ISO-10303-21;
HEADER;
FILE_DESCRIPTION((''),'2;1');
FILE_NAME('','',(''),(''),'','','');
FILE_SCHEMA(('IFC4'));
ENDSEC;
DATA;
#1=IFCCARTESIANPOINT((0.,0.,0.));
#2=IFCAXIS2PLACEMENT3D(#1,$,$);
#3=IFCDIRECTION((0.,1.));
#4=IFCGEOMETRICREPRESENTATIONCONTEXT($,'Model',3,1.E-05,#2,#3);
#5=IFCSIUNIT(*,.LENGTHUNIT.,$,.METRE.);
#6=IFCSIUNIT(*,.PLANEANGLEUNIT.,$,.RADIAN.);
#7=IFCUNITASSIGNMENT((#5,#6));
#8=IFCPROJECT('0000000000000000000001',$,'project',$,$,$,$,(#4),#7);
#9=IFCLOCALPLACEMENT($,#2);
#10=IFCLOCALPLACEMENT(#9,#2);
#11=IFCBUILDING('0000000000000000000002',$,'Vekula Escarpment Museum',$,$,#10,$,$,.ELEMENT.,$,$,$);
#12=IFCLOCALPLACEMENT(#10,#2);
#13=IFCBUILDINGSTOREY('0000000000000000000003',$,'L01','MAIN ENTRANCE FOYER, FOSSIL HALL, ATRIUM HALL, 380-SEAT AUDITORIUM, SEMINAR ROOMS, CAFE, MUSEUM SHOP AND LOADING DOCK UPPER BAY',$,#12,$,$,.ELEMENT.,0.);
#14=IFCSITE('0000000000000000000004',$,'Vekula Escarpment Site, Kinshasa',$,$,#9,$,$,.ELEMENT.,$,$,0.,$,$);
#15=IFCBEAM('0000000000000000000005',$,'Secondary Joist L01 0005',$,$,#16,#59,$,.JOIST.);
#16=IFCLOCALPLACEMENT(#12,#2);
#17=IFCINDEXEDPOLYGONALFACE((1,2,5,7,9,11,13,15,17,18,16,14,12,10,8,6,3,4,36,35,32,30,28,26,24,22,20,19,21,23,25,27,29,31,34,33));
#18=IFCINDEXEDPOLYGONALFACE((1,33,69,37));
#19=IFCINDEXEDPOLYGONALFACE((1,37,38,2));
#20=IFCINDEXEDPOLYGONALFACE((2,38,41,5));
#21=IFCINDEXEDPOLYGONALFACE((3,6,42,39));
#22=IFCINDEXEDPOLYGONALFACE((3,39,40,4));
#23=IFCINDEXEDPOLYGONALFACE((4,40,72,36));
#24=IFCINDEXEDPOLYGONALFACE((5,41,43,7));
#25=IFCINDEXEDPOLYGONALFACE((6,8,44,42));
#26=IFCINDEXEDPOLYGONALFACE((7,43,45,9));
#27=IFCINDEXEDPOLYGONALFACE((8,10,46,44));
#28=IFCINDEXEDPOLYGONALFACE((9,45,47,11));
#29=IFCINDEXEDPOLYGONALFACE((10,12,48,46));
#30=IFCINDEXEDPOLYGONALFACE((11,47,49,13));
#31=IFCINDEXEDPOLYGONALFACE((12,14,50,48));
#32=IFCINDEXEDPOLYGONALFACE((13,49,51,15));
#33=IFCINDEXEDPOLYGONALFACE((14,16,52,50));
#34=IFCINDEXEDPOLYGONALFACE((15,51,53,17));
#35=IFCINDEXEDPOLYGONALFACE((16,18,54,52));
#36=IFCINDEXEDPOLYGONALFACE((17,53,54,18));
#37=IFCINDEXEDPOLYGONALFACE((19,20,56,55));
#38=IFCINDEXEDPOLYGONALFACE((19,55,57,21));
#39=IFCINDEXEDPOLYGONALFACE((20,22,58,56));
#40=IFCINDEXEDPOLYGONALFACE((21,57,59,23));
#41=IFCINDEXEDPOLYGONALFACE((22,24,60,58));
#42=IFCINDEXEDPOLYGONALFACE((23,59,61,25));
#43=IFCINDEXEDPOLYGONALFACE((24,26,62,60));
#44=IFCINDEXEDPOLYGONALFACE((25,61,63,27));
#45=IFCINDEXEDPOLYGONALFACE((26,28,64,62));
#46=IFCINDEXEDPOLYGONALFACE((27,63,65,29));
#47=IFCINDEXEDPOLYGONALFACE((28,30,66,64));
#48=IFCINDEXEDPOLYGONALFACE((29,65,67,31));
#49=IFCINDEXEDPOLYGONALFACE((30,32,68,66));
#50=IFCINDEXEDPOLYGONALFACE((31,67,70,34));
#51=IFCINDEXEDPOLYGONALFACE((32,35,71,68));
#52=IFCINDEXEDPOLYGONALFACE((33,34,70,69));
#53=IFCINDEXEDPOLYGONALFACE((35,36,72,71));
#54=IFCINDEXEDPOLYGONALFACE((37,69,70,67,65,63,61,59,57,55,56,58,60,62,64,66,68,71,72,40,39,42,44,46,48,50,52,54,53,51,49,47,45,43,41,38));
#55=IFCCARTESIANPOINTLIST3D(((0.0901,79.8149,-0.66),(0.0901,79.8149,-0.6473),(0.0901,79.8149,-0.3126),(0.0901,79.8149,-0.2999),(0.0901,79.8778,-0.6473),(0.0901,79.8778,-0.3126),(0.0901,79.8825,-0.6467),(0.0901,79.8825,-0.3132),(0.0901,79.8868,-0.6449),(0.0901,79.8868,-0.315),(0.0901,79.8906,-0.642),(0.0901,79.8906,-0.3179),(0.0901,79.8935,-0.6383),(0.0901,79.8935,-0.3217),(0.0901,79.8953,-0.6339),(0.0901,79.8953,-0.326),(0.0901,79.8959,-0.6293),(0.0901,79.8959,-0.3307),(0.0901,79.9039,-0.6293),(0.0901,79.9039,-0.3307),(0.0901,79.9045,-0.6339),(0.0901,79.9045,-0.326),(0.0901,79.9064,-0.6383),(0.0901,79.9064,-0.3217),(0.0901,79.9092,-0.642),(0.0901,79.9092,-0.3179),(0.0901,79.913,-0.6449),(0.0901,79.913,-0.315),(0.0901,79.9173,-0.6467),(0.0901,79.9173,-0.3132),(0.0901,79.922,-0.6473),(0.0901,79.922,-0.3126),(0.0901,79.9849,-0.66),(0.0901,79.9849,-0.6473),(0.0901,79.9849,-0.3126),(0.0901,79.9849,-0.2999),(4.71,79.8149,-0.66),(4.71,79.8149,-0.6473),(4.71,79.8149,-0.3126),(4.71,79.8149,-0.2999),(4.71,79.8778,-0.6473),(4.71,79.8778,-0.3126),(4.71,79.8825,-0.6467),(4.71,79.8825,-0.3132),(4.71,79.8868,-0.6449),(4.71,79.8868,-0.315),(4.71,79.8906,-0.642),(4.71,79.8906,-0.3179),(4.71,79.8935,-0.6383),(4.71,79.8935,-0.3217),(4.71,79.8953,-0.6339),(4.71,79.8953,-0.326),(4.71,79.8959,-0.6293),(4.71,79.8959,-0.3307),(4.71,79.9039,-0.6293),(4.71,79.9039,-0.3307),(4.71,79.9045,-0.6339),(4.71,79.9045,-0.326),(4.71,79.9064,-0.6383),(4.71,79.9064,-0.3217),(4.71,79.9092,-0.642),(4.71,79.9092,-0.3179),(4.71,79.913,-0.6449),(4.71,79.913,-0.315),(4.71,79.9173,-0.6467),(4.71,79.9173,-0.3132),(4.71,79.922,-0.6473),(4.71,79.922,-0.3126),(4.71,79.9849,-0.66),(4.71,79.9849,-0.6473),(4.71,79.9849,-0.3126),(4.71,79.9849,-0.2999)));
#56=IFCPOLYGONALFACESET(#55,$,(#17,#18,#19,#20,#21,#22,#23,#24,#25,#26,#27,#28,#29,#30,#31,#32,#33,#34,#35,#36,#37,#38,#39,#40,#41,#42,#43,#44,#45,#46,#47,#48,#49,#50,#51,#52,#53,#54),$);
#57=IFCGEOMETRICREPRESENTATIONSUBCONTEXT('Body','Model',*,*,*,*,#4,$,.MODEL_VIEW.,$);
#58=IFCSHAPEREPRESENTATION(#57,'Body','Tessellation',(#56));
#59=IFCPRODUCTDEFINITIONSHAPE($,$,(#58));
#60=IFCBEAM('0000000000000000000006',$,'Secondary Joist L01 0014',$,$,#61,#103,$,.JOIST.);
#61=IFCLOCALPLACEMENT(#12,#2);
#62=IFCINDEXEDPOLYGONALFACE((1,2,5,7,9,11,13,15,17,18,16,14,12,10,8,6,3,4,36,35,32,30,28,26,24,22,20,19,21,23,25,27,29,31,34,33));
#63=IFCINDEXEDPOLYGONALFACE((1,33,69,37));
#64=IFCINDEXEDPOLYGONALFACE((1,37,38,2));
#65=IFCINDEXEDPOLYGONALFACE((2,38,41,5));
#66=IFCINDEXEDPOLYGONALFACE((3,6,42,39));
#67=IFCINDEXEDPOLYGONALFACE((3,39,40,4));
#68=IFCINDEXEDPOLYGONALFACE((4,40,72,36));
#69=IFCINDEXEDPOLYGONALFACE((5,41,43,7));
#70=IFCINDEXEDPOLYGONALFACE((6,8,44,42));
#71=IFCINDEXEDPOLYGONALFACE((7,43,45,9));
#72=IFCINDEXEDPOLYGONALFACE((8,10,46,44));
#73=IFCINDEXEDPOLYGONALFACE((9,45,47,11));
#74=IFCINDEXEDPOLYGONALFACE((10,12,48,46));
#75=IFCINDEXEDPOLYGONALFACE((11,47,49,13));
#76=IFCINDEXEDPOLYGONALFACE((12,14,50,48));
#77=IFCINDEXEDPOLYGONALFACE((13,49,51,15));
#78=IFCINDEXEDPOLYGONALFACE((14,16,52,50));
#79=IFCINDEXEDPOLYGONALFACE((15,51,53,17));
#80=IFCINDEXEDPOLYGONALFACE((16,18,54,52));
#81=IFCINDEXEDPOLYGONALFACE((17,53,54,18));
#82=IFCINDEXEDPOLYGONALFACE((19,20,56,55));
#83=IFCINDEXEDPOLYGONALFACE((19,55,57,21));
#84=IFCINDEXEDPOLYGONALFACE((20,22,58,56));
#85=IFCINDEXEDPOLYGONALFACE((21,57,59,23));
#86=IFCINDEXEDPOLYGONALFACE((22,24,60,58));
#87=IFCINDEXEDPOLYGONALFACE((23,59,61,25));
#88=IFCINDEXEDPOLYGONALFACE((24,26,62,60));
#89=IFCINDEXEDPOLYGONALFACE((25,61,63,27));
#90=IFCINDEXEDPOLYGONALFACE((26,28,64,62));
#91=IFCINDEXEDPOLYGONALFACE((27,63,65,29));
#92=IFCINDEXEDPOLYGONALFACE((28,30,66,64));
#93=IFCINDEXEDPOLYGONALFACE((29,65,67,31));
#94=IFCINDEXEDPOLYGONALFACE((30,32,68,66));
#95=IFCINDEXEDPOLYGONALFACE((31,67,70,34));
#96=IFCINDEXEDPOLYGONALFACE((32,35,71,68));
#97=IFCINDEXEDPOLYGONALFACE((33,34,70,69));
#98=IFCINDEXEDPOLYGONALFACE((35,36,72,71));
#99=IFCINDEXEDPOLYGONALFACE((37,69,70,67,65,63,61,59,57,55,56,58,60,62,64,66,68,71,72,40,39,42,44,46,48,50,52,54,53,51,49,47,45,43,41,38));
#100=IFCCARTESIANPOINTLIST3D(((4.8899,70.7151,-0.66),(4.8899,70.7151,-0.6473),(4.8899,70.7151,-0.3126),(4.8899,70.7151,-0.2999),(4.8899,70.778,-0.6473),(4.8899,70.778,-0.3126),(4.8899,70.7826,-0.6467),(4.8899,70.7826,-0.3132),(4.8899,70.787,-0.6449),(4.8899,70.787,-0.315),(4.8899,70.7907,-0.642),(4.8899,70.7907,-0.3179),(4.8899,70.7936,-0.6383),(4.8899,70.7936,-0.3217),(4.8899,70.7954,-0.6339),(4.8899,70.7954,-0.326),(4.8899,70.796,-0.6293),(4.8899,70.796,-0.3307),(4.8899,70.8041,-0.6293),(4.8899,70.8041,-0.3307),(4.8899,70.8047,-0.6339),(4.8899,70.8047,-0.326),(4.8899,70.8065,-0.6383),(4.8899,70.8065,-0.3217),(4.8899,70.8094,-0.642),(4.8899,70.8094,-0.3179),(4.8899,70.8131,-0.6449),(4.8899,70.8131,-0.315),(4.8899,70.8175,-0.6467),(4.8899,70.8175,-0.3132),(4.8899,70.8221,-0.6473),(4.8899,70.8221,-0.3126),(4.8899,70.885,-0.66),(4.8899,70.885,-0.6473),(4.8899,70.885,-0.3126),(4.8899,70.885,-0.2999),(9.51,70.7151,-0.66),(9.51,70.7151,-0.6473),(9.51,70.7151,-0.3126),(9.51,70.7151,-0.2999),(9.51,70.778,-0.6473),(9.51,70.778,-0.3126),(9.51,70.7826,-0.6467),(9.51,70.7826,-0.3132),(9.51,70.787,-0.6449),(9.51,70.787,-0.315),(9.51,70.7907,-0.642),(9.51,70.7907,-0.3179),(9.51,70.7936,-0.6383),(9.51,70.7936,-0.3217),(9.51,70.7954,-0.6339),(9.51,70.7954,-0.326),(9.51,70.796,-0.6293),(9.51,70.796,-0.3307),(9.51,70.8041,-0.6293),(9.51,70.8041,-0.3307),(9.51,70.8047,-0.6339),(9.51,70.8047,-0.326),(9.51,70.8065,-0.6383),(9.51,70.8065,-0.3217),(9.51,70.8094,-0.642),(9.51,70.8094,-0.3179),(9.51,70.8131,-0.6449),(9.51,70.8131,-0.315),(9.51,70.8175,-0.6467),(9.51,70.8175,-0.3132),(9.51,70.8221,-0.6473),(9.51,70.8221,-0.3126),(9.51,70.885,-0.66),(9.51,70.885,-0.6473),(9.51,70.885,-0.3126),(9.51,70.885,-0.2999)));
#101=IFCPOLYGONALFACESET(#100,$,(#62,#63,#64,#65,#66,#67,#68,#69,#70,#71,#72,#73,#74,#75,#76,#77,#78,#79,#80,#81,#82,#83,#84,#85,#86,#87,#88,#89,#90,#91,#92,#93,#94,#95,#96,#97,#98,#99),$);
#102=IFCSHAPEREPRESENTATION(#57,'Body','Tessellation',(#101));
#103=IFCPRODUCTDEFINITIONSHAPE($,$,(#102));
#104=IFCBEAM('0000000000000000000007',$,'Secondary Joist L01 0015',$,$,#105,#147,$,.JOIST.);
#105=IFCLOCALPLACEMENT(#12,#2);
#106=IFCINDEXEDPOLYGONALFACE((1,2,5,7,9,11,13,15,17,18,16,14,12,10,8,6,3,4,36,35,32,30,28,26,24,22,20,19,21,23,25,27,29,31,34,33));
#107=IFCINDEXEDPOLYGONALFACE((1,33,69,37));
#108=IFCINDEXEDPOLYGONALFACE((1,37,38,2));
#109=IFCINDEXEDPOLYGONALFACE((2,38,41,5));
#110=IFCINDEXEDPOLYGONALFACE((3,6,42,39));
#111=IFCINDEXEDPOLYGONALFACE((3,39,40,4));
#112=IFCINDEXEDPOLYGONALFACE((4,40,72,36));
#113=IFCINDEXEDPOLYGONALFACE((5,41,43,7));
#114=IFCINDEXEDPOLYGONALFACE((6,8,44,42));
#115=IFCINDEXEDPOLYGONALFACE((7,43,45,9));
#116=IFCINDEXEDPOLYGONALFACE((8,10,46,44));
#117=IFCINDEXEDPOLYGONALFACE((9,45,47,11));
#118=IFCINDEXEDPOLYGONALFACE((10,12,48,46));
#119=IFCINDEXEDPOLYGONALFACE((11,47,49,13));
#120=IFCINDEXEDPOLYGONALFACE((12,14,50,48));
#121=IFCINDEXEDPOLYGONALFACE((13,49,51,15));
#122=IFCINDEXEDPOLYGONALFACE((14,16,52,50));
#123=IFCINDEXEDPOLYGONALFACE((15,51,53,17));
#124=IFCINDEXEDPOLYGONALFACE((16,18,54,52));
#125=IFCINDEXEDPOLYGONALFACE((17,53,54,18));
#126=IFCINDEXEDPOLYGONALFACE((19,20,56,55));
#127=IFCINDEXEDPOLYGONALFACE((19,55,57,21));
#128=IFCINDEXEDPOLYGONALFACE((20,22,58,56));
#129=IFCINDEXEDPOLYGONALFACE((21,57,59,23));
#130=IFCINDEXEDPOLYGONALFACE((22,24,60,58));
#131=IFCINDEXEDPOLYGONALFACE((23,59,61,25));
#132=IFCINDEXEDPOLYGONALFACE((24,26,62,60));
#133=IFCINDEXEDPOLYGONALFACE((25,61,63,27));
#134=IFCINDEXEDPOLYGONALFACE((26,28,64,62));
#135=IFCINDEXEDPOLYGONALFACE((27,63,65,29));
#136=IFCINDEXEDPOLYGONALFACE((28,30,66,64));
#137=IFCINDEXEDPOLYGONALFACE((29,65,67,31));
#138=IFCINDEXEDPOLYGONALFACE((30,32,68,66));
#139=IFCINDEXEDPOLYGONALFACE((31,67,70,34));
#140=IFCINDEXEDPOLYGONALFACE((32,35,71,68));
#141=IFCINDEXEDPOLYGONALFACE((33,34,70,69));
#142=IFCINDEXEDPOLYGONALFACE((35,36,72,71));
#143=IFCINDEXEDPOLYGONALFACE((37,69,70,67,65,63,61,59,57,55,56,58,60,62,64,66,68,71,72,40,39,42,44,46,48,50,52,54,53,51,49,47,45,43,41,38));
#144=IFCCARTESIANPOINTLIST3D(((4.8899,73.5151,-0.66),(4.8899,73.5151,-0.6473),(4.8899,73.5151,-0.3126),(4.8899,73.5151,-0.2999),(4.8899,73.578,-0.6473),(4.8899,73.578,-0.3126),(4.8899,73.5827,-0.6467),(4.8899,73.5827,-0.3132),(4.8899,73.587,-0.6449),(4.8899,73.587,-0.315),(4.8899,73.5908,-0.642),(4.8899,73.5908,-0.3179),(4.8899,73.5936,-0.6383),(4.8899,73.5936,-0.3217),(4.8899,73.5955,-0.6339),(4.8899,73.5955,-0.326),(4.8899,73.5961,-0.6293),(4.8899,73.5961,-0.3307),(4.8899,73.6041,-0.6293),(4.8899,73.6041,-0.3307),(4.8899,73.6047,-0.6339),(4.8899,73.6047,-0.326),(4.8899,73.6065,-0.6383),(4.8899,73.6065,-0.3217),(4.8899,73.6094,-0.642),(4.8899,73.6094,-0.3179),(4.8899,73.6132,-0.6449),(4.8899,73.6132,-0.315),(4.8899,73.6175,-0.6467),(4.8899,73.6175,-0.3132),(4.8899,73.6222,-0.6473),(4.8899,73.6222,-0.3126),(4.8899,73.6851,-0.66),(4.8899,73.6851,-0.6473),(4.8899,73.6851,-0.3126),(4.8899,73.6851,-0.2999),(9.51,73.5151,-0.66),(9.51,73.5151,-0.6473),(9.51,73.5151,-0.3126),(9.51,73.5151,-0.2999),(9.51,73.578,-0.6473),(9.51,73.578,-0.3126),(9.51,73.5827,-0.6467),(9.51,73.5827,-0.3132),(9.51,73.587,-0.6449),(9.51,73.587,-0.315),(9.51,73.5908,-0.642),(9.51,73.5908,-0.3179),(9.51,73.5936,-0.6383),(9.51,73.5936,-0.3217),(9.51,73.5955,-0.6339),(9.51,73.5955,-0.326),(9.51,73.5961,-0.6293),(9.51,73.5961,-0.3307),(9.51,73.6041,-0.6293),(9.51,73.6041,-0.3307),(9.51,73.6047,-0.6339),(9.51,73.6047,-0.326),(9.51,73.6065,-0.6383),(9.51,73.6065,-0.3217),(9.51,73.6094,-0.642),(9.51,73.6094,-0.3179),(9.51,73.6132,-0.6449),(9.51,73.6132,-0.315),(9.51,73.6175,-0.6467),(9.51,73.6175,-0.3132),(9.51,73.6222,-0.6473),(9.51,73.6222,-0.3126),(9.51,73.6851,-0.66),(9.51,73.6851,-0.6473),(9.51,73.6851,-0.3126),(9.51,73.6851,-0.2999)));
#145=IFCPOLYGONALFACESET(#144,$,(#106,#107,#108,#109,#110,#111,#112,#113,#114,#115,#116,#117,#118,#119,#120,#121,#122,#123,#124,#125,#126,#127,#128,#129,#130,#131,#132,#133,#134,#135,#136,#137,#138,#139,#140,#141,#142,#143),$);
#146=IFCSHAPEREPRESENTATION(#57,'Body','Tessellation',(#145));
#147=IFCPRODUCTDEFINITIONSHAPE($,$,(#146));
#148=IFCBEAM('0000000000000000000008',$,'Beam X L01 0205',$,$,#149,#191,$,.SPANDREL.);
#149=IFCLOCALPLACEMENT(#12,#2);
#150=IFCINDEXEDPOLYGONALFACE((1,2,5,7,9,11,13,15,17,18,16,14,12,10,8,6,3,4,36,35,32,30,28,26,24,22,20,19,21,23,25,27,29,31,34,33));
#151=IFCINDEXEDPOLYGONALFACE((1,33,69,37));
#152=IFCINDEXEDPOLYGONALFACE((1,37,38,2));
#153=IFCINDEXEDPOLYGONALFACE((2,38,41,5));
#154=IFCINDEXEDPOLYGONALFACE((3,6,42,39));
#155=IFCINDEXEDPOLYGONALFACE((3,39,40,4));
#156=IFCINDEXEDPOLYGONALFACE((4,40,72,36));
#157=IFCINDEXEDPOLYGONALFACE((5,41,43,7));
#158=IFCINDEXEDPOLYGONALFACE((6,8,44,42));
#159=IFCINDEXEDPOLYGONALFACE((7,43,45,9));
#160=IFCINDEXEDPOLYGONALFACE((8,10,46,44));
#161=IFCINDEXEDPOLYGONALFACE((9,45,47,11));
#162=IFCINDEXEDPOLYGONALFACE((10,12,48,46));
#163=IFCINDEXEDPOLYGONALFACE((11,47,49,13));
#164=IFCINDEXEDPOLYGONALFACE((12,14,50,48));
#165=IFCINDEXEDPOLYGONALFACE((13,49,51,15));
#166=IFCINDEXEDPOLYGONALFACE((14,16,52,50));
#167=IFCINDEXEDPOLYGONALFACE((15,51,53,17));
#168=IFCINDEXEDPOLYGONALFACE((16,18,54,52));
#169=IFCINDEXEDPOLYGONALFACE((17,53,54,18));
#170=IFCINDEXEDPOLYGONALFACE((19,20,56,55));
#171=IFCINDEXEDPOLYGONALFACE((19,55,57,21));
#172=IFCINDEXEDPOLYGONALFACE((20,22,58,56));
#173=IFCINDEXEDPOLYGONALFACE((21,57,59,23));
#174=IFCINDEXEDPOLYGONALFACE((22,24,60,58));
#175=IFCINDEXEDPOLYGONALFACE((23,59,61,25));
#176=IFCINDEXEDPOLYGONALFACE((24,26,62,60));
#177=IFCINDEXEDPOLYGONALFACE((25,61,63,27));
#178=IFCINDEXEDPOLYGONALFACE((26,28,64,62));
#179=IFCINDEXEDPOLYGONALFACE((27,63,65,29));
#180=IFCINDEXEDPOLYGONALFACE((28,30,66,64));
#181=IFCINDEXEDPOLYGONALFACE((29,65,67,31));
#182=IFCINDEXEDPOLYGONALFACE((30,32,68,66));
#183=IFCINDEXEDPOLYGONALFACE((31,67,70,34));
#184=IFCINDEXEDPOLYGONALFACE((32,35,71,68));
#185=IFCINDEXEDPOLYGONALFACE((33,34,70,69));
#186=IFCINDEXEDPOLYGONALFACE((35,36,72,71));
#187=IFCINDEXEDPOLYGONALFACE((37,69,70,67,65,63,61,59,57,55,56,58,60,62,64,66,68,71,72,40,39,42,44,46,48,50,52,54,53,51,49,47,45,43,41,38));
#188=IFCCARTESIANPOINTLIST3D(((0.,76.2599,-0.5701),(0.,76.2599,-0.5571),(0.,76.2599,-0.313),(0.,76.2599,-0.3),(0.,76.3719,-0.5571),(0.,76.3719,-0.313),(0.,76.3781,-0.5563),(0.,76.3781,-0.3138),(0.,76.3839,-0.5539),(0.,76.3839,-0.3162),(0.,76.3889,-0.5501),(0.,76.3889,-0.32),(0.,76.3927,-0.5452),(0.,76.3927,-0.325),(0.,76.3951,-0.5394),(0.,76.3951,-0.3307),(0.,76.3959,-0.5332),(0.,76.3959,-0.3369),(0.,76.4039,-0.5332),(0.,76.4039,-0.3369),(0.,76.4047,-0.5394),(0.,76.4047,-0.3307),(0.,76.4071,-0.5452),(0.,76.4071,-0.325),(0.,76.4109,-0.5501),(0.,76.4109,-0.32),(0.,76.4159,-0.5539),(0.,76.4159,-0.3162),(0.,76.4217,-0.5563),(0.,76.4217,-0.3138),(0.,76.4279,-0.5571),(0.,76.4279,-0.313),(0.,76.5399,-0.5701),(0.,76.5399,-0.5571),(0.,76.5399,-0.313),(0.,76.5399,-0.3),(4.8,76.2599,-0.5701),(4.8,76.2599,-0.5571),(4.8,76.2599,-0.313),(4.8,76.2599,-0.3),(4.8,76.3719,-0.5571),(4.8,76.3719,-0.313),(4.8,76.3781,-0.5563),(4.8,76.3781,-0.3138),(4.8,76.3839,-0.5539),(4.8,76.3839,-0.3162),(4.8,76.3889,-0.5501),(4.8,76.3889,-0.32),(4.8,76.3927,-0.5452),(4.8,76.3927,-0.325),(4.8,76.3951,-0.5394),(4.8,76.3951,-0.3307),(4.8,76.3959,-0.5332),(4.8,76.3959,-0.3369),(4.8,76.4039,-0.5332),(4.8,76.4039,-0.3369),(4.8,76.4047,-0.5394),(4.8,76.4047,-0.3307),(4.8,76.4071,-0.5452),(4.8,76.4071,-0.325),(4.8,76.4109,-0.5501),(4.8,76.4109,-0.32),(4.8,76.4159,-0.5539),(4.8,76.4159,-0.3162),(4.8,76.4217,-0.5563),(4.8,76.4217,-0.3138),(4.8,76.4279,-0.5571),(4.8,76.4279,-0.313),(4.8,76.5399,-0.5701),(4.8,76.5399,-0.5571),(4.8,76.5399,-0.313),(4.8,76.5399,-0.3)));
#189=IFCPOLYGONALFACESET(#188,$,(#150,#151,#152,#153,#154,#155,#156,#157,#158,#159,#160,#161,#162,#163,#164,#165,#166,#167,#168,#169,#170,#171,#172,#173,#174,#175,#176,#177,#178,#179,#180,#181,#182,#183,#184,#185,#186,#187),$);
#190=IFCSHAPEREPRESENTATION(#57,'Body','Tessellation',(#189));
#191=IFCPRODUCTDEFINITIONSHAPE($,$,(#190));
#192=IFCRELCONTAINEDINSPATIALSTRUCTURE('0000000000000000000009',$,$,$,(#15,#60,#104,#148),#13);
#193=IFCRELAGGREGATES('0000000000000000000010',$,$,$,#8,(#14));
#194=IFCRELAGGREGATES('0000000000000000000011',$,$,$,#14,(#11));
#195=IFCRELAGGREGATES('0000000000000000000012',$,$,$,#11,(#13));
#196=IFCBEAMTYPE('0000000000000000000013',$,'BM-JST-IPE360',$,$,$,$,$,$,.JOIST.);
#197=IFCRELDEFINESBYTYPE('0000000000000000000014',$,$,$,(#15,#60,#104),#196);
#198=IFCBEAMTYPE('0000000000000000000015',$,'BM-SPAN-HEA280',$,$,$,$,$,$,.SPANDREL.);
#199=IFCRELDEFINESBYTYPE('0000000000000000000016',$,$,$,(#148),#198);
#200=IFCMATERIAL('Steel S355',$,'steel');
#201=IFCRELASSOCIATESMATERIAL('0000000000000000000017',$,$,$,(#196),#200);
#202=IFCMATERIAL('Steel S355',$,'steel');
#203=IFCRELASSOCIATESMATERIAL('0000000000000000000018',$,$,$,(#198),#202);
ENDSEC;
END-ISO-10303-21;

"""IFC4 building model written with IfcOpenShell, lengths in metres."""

from ifc_helpers import new_model, si_unit, direction, frame, origin, origin_2d, place, context, subcontext, project, spatial, i_section, extrude, material, material_profile, profile_set, type_object, element, save


model = new_model("IFC4")

# Units and contexts
model_context = context("Model", 3, precision=1e-05, world=origin(), true_north=direction((0.0, 1.0)))
body_context = subcontext(model_context, "Body", "Model", "MODEL_VIEW")
ifc_project = project(units=[si_unit("LENGTHUNIT", "METRE"), si_unit("PLANEANGLEUNIT", "RADIAN")], contexts=[model_context])

# Site, building, storey
site_placement = place(None, origin())
site = spatial("IfcSite", under=ifc_project, at=site_placement, Name="Vekula Escarpment Site, Kinshasa", CompositionType="ELEMENT", RefElevation=0.0)
building_placement = place(site_placement, origin())
building = spatial("IfcBuilding", under=site, at=building_placement, Name="Vekula Escarpment Museum", CompositionType="ELEMENT")
storey_placement = place(building_placement, origin())
storey = spatial("IfcBuildingStorey", under=building, at=storey_placement, Name="L01", Description="MAIN ENTRANCE FOYER, FOSSIL HALL, ATRIUM HALL, 380-SEAT AUDITORIUM, SEMINAR ROOMS, CAFE, MUSEUM SHOP AND LOADING DOCK UPPER BAY", CompositionType="ELEMENT", Elevation=0.0)

# Beams
ifc_material_1 = material(Name="Steel S355", Category="steel")
ifc_material_profile_1 = material_profile(ifc_material_1, i_section(OverallWidth=0.1699, OverallDepth=0.3601, WebThickness=0.0081, FlangeThickness=0.0127, FilletRadius=0.0181, at=origin_2d()), Name="IPE 360")
ifc_profile_set_1 = profile_set([ifc_material_profile_1], Name="Steel S355")
beam_type_1 = type_object("IfcBeamType", Name="BM-JST-IPE360", PredefinedType="JOIST", material=ifc_profile_set_1)
beam_1_placement = place(storey_placement, frame((0.0901, 79.8999, -0.48), z_axis=(1.0, 0.0, 0.0), x_axis=(0.0, 1.0, 0.0)))
element("IfcBeam", 1, at=beam_1_placement, inside=storey, type_object=beam_type_1, Name="Secondary Joist L01 0005", PredefinedType="JOIST", context=body_context, shape_type="SweptSolid", body=[
    extrude(i_section(OverallWidth=0.1699, OverallDepth=0.3601, WebThickness=0.0081, FlangeThickness=0.0127, FilletRadius=0.0181, at=origin_2d()), origin(), (0.0, 0.0, 1.0), 4.6199),
])
for number, where, z_axis, x_axis, name in (
    (2, (4.8899, 70.8, -0.48), (1.0, 0.0, 0.0), (0.0, 1.0, 0.0), "Secondary Joist L01 0014"),
    (3, (4.8899, 73.6001, -0.48), (1.0, 0.0, 0.0), (0.0, 1.0, 0.0), "Secondary Joist L01 0015"),
):
    element("IfcBeam", number, at=place(storey_placement, frame(where, z_axis=z_axis, x_axis=x_axis)), inside=storey, type_object=beam_type_1, Name=name, PredefinedType="JOIST", context=body_context, shape_type="SweptSolid", body=[
        extrude(i_section(OverallWidth=0.1699, OverallDepth=0.3601, WebThickness=0.0081, FlangeThickness=0.0127, FilletRadius=0.0181, at=origin_2d()), origin(), (0.0, 0.0, 1.0), 4.6201),
    ])
ifc_material_2 = material(Name="Steel S355", Category="steel")
ifc_material_profile_2 = material_profile(ifc_material_2, i_section(OverallWidth=0.28, OverallDepth=0.27, WebThickness=0.0081, FlangeThickness=0.0129, FilletRadius=0.0239, at=origin_2d()), Name="HEA 280")
ifc_profile_set_2 = profile_set([ifc_material_profile_2], Name="Steel S355")
beam_type_2 = type_object("IfcBeamType", Name="BM-SPAN-HEA280", PredefinedType="SPANDREL", material=ifc_profile_set_2)
for number, where, z_axis, x_axis, name in (
    (4, (0.0, 76.3999, -0.4351), (1.0, 0.0, 0.0), (0.0, 1.0, 0.0), "Beam X L01 0205"),
):
    element("IfcBeam", number, at=place(storey_placement, frame(where, z_axis=z_axis, x_axis=x_axis)), inside=storey, type_object=beam_type_2, Name=name, PredefinedType="SPANDREL", context=body_context, shape_type="SweptSolid", body=[
        extrude(i_section(OverallWidth=0.28, OverallDepth=0.27, WebThickness=0.0081, FlangeThickness=0.0129, FilletRadius=0.0239, at=origin_2d()), origin(), (0.0, 0.0, 1.0), 4.8),
    ])

save(model, "model.ifc")
